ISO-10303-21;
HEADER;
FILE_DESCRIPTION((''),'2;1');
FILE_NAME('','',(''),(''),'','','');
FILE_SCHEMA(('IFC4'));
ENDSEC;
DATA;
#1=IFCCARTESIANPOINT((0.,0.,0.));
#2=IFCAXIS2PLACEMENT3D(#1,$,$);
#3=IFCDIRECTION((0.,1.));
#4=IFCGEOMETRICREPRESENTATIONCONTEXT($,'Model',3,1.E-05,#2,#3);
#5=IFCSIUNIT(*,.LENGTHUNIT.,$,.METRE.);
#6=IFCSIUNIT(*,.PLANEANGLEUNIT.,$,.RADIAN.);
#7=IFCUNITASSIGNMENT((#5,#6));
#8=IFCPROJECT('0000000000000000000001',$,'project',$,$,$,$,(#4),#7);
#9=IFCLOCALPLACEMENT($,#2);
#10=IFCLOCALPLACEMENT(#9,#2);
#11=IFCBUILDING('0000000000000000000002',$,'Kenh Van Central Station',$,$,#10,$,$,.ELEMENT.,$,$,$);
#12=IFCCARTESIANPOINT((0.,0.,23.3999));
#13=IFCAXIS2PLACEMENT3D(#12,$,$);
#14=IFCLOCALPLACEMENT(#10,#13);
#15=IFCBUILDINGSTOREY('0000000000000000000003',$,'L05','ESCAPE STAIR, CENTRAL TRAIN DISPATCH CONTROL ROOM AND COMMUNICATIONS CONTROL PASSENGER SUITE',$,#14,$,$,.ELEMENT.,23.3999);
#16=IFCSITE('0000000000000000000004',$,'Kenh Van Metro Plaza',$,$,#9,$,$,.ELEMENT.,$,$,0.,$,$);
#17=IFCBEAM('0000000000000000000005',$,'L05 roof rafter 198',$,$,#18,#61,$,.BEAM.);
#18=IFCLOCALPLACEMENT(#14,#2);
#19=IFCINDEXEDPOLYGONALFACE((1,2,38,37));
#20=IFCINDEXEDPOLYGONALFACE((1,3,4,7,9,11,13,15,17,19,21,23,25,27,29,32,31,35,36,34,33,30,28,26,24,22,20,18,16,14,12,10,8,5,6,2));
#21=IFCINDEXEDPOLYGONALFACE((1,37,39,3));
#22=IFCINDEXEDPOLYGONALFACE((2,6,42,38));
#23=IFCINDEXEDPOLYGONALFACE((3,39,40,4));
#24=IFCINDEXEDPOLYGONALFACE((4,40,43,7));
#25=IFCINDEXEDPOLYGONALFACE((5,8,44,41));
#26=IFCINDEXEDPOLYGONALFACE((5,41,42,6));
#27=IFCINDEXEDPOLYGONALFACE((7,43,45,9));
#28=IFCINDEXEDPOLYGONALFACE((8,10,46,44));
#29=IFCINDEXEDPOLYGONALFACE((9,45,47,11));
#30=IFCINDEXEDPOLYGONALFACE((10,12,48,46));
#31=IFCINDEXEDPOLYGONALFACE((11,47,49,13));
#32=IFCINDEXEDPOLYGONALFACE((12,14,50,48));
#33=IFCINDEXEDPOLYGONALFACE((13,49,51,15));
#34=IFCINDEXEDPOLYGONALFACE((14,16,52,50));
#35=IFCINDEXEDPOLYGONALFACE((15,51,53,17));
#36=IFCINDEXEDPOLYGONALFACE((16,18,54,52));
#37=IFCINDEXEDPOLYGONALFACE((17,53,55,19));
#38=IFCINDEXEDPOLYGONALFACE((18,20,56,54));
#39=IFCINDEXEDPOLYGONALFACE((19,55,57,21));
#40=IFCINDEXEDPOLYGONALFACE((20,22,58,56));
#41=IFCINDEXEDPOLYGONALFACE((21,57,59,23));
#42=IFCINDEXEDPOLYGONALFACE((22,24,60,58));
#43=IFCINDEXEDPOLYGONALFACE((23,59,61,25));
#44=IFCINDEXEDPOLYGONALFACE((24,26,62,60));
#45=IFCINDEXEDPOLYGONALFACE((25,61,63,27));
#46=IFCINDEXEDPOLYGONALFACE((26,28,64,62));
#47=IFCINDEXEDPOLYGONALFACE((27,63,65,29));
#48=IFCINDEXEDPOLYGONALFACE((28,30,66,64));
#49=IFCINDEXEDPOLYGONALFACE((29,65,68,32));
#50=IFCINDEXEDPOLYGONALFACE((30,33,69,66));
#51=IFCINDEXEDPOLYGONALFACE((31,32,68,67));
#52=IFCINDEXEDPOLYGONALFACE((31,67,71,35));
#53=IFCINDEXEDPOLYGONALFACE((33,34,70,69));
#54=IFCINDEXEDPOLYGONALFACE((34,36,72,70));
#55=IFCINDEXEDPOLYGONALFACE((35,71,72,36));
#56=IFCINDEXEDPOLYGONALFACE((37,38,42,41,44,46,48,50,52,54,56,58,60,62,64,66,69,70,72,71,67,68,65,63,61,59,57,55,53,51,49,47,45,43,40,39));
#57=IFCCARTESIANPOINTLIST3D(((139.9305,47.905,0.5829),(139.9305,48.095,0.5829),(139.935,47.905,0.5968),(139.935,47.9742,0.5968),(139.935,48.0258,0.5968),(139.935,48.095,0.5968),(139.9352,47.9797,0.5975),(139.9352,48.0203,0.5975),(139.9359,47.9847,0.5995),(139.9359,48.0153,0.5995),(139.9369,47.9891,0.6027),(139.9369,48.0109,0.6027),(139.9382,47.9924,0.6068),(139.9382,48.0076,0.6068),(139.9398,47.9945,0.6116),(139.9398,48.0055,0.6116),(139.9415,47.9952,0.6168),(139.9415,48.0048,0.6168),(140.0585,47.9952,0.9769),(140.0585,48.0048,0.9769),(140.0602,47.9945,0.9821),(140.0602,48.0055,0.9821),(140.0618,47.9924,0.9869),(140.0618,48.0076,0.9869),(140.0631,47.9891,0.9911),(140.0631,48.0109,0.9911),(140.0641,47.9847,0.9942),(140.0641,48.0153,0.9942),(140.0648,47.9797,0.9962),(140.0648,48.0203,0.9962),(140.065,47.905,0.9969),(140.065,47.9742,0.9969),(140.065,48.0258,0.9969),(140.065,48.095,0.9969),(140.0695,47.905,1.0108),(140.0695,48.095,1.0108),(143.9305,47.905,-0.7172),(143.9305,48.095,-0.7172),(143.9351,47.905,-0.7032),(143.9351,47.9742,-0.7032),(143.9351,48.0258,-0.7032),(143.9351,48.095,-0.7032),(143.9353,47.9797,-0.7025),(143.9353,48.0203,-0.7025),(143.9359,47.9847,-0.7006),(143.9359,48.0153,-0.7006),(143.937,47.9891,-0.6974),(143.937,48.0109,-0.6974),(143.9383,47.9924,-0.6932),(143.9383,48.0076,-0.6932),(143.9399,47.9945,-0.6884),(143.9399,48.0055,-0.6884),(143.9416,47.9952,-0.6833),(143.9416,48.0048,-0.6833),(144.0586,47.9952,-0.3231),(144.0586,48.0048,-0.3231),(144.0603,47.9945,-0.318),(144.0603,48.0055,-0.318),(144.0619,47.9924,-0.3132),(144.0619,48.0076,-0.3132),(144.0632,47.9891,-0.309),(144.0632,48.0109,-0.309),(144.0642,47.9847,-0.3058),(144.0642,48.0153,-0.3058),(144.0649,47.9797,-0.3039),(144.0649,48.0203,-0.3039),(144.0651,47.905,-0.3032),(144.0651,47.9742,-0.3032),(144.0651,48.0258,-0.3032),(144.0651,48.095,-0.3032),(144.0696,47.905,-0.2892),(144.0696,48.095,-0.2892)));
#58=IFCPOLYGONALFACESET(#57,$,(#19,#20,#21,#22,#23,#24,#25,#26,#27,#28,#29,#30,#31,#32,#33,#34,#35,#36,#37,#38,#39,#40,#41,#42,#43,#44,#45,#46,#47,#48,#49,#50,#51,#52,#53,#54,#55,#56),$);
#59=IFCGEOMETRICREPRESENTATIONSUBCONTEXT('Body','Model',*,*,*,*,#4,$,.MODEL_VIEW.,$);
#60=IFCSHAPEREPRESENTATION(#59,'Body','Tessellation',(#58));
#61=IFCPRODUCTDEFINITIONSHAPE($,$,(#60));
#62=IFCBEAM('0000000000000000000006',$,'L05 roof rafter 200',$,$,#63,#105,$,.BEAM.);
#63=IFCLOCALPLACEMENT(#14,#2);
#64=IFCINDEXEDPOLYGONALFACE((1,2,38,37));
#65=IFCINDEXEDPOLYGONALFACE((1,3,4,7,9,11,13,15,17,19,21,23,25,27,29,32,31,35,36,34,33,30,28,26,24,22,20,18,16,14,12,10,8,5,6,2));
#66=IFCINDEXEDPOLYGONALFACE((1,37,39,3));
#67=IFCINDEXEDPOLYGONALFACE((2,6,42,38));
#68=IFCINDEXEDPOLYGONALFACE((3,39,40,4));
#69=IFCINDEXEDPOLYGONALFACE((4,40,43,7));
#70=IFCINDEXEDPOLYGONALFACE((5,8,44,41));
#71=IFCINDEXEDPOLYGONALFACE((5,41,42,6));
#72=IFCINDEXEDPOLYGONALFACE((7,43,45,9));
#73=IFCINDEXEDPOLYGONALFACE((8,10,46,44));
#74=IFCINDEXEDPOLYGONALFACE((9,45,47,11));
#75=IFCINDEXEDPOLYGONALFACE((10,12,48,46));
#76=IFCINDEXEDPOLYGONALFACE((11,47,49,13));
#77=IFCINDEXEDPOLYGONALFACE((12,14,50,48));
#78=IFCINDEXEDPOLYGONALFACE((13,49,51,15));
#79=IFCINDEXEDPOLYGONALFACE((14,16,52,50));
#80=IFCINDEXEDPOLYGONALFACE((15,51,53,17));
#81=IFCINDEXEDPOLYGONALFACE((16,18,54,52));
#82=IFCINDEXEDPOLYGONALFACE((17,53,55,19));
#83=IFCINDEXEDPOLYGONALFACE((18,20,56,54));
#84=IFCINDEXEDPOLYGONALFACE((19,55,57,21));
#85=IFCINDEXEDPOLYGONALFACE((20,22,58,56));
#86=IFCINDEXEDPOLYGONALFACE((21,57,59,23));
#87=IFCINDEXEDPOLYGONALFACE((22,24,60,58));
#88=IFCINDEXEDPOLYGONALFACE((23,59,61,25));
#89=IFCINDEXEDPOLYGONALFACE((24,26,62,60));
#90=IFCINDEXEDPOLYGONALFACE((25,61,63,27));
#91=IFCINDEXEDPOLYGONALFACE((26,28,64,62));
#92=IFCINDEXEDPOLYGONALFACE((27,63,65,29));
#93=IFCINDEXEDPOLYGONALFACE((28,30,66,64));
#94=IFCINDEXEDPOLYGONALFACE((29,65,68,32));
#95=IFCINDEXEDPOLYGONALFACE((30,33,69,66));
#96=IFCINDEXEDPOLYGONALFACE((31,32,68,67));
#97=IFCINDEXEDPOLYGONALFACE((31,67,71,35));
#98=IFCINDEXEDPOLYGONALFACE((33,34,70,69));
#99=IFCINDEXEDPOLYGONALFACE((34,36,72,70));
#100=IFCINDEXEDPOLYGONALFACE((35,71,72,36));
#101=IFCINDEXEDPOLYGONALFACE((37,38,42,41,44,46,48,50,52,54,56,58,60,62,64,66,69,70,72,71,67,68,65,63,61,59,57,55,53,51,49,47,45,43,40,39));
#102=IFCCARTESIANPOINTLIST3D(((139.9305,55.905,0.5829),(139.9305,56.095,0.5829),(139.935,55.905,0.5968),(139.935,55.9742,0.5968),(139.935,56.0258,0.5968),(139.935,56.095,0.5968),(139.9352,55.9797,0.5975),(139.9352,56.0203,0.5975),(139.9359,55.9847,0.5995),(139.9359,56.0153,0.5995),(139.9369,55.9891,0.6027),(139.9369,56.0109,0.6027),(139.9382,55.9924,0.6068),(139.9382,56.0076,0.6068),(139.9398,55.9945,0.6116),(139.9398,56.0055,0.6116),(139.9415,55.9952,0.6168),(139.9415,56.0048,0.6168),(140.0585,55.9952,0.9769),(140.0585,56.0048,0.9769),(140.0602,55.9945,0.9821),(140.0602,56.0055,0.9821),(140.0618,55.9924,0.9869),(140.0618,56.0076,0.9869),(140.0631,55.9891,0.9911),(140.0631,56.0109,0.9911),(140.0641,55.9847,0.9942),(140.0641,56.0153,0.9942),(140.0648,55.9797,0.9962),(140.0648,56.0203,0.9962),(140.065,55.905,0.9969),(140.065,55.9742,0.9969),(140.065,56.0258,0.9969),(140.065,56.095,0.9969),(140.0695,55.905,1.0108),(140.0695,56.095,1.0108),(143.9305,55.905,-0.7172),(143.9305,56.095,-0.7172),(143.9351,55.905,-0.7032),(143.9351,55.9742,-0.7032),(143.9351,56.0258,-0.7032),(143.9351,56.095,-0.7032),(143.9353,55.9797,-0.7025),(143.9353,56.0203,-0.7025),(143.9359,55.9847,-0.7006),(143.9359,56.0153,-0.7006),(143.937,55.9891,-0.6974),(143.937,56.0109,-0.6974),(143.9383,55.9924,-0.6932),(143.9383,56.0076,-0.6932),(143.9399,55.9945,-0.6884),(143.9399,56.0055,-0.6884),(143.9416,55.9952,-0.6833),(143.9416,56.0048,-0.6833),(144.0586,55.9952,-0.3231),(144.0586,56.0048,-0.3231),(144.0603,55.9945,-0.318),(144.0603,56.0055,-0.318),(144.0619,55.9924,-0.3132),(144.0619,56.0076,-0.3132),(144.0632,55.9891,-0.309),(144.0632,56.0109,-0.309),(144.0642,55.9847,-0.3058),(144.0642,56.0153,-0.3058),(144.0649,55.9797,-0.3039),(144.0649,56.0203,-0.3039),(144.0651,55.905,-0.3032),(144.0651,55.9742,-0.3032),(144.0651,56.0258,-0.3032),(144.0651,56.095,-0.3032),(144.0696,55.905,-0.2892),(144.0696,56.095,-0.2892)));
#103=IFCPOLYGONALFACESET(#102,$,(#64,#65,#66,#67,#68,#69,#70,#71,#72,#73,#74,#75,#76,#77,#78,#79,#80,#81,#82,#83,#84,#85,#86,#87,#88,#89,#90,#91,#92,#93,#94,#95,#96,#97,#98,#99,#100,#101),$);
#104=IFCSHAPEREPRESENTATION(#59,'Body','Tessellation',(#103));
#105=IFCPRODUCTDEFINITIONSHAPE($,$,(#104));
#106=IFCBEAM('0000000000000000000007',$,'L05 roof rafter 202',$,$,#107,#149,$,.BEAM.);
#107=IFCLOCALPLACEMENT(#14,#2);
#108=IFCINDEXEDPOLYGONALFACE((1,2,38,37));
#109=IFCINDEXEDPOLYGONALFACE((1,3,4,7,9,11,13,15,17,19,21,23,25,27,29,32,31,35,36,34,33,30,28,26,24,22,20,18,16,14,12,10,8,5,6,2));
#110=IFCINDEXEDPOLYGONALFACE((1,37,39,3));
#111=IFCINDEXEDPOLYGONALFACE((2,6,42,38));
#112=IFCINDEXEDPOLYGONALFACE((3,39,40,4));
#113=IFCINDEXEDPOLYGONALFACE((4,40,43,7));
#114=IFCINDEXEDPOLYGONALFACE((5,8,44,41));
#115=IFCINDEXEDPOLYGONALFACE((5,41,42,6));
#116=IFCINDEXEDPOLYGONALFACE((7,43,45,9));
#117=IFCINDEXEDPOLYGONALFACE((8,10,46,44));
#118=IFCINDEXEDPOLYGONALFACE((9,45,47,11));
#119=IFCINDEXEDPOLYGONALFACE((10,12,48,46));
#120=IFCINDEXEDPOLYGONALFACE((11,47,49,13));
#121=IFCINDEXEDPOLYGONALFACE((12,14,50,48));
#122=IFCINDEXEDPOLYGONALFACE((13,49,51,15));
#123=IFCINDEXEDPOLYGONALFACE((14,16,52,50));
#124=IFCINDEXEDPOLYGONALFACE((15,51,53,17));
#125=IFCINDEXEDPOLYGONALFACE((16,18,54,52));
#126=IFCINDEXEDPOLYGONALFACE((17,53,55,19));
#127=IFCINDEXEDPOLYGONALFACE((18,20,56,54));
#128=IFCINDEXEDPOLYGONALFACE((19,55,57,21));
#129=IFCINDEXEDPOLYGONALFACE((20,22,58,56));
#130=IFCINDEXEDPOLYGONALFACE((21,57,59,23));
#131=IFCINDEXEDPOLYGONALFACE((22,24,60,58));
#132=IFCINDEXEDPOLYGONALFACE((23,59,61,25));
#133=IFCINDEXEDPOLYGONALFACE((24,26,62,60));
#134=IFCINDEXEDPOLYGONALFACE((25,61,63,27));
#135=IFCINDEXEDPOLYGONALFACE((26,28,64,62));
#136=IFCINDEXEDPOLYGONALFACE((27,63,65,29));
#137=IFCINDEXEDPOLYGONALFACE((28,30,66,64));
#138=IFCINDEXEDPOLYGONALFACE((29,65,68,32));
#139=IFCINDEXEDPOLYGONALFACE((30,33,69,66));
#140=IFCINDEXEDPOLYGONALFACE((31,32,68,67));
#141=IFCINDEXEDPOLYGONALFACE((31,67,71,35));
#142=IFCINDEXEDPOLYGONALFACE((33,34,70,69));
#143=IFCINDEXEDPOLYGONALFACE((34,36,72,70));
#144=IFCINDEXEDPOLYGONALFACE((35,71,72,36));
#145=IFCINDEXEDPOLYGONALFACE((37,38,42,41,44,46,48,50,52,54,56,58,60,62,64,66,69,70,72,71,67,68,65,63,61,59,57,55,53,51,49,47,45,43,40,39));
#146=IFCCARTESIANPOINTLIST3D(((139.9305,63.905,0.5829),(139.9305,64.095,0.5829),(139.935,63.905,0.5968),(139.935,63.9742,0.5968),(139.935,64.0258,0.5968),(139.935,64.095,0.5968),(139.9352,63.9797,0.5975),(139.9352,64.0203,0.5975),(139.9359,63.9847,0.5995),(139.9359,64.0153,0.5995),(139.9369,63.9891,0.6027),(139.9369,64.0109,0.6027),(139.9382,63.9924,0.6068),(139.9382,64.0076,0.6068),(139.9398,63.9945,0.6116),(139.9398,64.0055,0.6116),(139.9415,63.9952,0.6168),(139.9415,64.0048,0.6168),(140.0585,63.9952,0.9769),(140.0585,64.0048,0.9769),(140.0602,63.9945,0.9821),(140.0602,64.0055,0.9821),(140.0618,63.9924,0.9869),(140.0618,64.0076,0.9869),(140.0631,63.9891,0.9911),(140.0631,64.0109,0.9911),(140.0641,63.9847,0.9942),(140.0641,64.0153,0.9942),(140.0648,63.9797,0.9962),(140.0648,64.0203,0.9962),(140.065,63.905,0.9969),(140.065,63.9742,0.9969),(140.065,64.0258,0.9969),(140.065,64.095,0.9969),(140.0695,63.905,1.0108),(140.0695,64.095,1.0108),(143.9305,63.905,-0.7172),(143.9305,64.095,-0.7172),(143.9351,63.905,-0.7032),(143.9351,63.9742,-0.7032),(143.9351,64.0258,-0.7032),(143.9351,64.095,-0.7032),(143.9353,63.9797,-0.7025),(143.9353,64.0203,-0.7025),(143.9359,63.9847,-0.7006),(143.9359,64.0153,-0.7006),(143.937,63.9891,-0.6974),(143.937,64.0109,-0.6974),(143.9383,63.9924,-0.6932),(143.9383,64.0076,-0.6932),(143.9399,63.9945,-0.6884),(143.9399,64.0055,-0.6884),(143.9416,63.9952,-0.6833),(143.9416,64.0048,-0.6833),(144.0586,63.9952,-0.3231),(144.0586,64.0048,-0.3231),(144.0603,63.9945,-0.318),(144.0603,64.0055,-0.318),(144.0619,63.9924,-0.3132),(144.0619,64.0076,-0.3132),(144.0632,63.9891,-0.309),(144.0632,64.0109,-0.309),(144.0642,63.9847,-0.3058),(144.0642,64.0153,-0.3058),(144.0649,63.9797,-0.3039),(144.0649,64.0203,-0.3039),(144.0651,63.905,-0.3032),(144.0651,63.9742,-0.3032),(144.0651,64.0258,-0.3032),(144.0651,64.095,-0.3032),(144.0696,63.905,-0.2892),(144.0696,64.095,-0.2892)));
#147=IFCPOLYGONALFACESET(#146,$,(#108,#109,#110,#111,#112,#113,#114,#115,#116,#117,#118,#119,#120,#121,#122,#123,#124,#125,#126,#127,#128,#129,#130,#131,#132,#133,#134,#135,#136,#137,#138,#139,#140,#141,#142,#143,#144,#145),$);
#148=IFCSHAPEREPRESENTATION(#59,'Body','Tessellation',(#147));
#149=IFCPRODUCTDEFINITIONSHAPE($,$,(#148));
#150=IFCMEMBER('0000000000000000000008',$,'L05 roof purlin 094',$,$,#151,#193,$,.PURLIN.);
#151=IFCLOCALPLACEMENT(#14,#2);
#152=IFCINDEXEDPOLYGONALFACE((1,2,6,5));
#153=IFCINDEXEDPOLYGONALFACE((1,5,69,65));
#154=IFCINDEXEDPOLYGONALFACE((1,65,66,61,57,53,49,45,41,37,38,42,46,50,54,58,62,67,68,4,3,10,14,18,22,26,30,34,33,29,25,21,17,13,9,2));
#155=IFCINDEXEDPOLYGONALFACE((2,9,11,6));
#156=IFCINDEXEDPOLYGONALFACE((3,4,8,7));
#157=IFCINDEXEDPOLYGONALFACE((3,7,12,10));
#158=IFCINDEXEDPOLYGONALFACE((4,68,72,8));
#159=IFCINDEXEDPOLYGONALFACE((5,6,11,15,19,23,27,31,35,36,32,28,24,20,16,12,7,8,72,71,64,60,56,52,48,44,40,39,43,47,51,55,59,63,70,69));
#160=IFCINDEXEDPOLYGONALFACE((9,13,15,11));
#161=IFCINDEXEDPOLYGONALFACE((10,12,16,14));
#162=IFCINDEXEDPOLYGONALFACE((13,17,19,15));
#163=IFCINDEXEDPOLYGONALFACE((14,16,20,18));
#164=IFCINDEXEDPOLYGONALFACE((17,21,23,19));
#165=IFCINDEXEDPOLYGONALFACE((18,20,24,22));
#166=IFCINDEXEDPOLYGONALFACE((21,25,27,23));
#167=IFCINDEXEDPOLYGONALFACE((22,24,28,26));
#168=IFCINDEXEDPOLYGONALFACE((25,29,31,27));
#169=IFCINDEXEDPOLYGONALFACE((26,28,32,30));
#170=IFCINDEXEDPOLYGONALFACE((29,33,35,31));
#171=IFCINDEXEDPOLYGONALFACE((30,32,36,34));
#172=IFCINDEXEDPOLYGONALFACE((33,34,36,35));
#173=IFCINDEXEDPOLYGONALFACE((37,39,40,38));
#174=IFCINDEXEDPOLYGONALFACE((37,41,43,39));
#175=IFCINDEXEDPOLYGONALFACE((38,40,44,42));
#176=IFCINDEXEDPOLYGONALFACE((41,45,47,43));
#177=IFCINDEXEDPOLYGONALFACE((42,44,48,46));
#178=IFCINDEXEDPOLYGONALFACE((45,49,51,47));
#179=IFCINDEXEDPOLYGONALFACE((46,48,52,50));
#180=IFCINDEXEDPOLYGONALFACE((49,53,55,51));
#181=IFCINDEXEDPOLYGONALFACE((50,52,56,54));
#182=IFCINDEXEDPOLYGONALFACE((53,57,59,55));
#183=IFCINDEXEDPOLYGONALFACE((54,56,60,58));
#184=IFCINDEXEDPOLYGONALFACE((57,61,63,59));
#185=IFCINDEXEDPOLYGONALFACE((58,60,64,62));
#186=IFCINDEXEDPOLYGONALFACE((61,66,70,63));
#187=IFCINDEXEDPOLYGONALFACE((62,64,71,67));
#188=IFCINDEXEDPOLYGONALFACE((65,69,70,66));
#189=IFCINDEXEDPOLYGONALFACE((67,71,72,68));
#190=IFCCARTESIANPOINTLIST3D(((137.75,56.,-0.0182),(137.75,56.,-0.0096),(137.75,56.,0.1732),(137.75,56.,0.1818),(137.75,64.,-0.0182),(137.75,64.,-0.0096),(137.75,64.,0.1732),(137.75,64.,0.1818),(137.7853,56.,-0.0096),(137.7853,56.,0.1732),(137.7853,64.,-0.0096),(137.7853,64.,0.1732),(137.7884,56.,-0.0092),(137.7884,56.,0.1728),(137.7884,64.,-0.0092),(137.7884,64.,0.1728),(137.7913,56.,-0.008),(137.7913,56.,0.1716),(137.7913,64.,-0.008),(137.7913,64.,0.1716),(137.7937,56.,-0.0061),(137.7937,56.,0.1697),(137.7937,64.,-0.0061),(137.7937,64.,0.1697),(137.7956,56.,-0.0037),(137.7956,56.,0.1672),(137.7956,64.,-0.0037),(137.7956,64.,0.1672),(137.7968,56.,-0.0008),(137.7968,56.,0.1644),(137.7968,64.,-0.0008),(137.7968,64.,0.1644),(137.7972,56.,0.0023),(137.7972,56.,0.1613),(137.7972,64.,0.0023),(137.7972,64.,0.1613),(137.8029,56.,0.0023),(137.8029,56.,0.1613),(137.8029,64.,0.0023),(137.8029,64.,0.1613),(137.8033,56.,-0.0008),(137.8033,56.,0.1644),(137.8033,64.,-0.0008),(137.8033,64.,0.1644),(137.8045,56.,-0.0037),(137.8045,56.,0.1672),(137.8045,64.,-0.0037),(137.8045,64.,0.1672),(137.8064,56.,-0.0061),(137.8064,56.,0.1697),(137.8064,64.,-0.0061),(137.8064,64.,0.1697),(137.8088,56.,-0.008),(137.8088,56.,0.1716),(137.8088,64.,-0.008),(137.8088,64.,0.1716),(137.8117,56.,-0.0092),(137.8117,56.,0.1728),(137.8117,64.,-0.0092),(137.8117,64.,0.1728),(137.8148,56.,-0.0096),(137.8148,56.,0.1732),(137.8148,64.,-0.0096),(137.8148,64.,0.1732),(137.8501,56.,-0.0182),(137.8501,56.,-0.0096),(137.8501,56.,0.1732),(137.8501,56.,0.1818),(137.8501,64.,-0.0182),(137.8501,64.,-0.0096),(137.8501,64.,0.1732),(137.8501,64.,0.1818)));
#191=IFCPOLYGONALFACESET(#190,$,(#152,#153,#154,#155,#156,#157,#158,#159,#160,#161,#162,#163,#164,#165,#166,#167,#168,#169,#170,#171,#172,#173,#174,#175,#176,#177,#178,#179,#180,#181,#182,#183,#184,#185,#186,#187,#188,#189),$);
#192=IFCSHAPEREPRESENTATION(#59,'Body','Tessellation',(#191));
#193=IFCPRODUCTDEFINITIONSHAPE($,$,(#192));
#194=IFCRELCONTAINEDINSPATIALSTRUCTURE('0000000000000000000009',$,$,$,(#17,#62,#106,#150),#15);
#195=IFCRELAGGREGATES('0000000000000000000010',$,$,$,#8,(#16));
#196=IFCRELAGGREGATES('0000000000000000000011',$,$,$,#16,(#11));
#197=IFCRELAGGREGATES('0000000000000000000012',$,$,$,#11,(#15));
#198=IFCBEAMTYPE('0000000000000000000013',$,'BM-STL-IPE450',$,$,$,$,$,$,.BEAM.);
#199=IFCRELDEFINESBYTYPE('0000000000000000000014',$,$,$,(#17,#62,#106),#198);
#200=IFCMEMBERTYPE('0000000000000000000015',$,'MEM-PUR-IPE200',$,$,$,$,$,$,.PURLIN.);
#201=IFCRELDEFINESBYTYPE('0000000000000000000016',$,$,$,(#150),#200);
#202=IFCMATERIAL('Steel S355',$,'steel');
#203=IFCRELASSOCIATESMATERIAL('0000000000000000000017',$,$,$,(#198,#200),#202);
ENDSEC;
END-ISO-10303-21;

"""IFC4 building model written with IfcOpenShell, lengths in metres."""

from ifc_helpers import new_model, si_unit, direction, frame, origin, origin_2d, place, context, subcontext, project, spatial, i_section, extrude, material, material_profile, profile_set, type_object, element, save


model = new_model("IFC4")

# Units and contexts
model_context = context("Model", 3, precision=1e-05, world=origin(), true_north=direction((0.0, 1.0)))
body_context = subcontext(model_context, "Body", "Model", "MODEL_VIEW")
ifc_project = project(units=[si_unit("LENGTHUNIT", "METRE"), si_unit("PLANEANGLEUNIT", "RADIAN")], contexts=[model_context])

# Site, building, storey
site_placement = place(None, origin())
site = spatial("IfcSite", under=ifc_project, at=site_placement, Name="Kenh Van Metro Plaza", CompositionType="ELEMENT", RefElevation=0.0)
building_placement = place(site_placement, origin())
building = spatial("IfcBuilding", under=site, at=building_placement, Name="Kenh Van Central Station", CompositionType="ELEMENT")
storey_placement = place(building_placement, frame((0.0, 0.0, 23.3999)))
storey = spatial("IfcBuildingStorey", under=building, at=storey_placement, Name="L05", Description="ESCAPE STAIR, CENTRAL TRAIN DISPATCH CONTROL ROOM AND COMMUNICATIONS CONTROL PASSENGER SUITE", CompositionType="ELEMENT", Elevation=23.3999)

# Beams
ifc_material_1 = material(Name="Steel S355", Category="steel")
ifc_material_profile_1 = material_profile(ifc_material_1, i_section(OverallWidth=0.1899, OverallDepth=0.45, WebThickness=0.0095, FlangeThickness=0.0146, FilletRadius=0.021, at=origin_2d()), Name="IPE 450")
ifc_profile_set_1 = profile_set([ifc_material_profile_1], Name="Steel S355")
beam_type = type_object("IfcBeamType", Name="BM-STL-IPE450", PredefinedType="BEAM", material=ifc_profile_set_1)
for number, where, z_axis, x_axis, name in (
    (1, (140.0, 48.0, 0.7969), (0.951031, 0.0, -0.309097), (0.0, 1.0, 0.0), "L05 roof rafter 198"),
    (2, (140.0, 56.0, 0.7969), (0.951031, 0.0, -0.309097), (0.0, 1.0, 0.0), "L05 roof rafter 200"),
    (3, (140.0, 64.0, 0.7969), (0.951031, 0.0, -0.309097), (0.0, 1.0, 0.0), "L05 roof rafter 202"),
):
    element("IfcBeam", number, at=place(storey_placement, frame(where, z_axis=z_axis, x_axis=x_axis)), inside=storey, type_object=beam_type, Name=name, PredefinedType="BEAM", context=body_context, shape_type="SweptSolid", body=[
        extrude(i_section(OverallWidth=0.1899, OverallDepth=0.45, WebThickness=0.0095, FlangeThickness=0.0146, FilletRadius=0.021, at=origin_2d()), origin(), (0.0, 0.0, 1.0), 4.2061),
    ])

# Member
ifc_material_profile_2 = material_profile(ifc_material_1, i_section(OverallWidth=0.1001, OverallDepth=0.2, WebThickness=0.0056, FlangeThickness=0.0085, FilletRadius=0.012, at=origin_2d()), Name="IPE 200")
ifc_profile_set_2 = profile_set([ifc_material_profile_2], Name="Steel S355")
member_type_1 = type_object("IfcMemberType", Name="MEM-PUR-IPE200", PredefinedType="PURLIN", material=ifc_profile_set_2)
member_1_placement = place(storey_placement, frame((137.8, 56.0, 0.0818), z_axis=(0.0, 1.0, 0.0), x_axis=(-1.0, 0.0, 0.0)))
element("IfcMember", 4, at=member_1_placement, inside=storey, type_object=member_type_1, Name="L05 roof purlin 094", PredefinedType="PURLIN", context=body_context, shape_type="SweptSolid", body=[
    extrude(i_section(OverallWidth=0.1001, OverallDepth=0.2, WebThickness=0.0056, FlangeThickness=0.0085, FilletRadius=0.012, at=origin_2d()), origin(), (0.0, 0.0, 1.0), 8.0),
])

save(model, "model.ifc")
